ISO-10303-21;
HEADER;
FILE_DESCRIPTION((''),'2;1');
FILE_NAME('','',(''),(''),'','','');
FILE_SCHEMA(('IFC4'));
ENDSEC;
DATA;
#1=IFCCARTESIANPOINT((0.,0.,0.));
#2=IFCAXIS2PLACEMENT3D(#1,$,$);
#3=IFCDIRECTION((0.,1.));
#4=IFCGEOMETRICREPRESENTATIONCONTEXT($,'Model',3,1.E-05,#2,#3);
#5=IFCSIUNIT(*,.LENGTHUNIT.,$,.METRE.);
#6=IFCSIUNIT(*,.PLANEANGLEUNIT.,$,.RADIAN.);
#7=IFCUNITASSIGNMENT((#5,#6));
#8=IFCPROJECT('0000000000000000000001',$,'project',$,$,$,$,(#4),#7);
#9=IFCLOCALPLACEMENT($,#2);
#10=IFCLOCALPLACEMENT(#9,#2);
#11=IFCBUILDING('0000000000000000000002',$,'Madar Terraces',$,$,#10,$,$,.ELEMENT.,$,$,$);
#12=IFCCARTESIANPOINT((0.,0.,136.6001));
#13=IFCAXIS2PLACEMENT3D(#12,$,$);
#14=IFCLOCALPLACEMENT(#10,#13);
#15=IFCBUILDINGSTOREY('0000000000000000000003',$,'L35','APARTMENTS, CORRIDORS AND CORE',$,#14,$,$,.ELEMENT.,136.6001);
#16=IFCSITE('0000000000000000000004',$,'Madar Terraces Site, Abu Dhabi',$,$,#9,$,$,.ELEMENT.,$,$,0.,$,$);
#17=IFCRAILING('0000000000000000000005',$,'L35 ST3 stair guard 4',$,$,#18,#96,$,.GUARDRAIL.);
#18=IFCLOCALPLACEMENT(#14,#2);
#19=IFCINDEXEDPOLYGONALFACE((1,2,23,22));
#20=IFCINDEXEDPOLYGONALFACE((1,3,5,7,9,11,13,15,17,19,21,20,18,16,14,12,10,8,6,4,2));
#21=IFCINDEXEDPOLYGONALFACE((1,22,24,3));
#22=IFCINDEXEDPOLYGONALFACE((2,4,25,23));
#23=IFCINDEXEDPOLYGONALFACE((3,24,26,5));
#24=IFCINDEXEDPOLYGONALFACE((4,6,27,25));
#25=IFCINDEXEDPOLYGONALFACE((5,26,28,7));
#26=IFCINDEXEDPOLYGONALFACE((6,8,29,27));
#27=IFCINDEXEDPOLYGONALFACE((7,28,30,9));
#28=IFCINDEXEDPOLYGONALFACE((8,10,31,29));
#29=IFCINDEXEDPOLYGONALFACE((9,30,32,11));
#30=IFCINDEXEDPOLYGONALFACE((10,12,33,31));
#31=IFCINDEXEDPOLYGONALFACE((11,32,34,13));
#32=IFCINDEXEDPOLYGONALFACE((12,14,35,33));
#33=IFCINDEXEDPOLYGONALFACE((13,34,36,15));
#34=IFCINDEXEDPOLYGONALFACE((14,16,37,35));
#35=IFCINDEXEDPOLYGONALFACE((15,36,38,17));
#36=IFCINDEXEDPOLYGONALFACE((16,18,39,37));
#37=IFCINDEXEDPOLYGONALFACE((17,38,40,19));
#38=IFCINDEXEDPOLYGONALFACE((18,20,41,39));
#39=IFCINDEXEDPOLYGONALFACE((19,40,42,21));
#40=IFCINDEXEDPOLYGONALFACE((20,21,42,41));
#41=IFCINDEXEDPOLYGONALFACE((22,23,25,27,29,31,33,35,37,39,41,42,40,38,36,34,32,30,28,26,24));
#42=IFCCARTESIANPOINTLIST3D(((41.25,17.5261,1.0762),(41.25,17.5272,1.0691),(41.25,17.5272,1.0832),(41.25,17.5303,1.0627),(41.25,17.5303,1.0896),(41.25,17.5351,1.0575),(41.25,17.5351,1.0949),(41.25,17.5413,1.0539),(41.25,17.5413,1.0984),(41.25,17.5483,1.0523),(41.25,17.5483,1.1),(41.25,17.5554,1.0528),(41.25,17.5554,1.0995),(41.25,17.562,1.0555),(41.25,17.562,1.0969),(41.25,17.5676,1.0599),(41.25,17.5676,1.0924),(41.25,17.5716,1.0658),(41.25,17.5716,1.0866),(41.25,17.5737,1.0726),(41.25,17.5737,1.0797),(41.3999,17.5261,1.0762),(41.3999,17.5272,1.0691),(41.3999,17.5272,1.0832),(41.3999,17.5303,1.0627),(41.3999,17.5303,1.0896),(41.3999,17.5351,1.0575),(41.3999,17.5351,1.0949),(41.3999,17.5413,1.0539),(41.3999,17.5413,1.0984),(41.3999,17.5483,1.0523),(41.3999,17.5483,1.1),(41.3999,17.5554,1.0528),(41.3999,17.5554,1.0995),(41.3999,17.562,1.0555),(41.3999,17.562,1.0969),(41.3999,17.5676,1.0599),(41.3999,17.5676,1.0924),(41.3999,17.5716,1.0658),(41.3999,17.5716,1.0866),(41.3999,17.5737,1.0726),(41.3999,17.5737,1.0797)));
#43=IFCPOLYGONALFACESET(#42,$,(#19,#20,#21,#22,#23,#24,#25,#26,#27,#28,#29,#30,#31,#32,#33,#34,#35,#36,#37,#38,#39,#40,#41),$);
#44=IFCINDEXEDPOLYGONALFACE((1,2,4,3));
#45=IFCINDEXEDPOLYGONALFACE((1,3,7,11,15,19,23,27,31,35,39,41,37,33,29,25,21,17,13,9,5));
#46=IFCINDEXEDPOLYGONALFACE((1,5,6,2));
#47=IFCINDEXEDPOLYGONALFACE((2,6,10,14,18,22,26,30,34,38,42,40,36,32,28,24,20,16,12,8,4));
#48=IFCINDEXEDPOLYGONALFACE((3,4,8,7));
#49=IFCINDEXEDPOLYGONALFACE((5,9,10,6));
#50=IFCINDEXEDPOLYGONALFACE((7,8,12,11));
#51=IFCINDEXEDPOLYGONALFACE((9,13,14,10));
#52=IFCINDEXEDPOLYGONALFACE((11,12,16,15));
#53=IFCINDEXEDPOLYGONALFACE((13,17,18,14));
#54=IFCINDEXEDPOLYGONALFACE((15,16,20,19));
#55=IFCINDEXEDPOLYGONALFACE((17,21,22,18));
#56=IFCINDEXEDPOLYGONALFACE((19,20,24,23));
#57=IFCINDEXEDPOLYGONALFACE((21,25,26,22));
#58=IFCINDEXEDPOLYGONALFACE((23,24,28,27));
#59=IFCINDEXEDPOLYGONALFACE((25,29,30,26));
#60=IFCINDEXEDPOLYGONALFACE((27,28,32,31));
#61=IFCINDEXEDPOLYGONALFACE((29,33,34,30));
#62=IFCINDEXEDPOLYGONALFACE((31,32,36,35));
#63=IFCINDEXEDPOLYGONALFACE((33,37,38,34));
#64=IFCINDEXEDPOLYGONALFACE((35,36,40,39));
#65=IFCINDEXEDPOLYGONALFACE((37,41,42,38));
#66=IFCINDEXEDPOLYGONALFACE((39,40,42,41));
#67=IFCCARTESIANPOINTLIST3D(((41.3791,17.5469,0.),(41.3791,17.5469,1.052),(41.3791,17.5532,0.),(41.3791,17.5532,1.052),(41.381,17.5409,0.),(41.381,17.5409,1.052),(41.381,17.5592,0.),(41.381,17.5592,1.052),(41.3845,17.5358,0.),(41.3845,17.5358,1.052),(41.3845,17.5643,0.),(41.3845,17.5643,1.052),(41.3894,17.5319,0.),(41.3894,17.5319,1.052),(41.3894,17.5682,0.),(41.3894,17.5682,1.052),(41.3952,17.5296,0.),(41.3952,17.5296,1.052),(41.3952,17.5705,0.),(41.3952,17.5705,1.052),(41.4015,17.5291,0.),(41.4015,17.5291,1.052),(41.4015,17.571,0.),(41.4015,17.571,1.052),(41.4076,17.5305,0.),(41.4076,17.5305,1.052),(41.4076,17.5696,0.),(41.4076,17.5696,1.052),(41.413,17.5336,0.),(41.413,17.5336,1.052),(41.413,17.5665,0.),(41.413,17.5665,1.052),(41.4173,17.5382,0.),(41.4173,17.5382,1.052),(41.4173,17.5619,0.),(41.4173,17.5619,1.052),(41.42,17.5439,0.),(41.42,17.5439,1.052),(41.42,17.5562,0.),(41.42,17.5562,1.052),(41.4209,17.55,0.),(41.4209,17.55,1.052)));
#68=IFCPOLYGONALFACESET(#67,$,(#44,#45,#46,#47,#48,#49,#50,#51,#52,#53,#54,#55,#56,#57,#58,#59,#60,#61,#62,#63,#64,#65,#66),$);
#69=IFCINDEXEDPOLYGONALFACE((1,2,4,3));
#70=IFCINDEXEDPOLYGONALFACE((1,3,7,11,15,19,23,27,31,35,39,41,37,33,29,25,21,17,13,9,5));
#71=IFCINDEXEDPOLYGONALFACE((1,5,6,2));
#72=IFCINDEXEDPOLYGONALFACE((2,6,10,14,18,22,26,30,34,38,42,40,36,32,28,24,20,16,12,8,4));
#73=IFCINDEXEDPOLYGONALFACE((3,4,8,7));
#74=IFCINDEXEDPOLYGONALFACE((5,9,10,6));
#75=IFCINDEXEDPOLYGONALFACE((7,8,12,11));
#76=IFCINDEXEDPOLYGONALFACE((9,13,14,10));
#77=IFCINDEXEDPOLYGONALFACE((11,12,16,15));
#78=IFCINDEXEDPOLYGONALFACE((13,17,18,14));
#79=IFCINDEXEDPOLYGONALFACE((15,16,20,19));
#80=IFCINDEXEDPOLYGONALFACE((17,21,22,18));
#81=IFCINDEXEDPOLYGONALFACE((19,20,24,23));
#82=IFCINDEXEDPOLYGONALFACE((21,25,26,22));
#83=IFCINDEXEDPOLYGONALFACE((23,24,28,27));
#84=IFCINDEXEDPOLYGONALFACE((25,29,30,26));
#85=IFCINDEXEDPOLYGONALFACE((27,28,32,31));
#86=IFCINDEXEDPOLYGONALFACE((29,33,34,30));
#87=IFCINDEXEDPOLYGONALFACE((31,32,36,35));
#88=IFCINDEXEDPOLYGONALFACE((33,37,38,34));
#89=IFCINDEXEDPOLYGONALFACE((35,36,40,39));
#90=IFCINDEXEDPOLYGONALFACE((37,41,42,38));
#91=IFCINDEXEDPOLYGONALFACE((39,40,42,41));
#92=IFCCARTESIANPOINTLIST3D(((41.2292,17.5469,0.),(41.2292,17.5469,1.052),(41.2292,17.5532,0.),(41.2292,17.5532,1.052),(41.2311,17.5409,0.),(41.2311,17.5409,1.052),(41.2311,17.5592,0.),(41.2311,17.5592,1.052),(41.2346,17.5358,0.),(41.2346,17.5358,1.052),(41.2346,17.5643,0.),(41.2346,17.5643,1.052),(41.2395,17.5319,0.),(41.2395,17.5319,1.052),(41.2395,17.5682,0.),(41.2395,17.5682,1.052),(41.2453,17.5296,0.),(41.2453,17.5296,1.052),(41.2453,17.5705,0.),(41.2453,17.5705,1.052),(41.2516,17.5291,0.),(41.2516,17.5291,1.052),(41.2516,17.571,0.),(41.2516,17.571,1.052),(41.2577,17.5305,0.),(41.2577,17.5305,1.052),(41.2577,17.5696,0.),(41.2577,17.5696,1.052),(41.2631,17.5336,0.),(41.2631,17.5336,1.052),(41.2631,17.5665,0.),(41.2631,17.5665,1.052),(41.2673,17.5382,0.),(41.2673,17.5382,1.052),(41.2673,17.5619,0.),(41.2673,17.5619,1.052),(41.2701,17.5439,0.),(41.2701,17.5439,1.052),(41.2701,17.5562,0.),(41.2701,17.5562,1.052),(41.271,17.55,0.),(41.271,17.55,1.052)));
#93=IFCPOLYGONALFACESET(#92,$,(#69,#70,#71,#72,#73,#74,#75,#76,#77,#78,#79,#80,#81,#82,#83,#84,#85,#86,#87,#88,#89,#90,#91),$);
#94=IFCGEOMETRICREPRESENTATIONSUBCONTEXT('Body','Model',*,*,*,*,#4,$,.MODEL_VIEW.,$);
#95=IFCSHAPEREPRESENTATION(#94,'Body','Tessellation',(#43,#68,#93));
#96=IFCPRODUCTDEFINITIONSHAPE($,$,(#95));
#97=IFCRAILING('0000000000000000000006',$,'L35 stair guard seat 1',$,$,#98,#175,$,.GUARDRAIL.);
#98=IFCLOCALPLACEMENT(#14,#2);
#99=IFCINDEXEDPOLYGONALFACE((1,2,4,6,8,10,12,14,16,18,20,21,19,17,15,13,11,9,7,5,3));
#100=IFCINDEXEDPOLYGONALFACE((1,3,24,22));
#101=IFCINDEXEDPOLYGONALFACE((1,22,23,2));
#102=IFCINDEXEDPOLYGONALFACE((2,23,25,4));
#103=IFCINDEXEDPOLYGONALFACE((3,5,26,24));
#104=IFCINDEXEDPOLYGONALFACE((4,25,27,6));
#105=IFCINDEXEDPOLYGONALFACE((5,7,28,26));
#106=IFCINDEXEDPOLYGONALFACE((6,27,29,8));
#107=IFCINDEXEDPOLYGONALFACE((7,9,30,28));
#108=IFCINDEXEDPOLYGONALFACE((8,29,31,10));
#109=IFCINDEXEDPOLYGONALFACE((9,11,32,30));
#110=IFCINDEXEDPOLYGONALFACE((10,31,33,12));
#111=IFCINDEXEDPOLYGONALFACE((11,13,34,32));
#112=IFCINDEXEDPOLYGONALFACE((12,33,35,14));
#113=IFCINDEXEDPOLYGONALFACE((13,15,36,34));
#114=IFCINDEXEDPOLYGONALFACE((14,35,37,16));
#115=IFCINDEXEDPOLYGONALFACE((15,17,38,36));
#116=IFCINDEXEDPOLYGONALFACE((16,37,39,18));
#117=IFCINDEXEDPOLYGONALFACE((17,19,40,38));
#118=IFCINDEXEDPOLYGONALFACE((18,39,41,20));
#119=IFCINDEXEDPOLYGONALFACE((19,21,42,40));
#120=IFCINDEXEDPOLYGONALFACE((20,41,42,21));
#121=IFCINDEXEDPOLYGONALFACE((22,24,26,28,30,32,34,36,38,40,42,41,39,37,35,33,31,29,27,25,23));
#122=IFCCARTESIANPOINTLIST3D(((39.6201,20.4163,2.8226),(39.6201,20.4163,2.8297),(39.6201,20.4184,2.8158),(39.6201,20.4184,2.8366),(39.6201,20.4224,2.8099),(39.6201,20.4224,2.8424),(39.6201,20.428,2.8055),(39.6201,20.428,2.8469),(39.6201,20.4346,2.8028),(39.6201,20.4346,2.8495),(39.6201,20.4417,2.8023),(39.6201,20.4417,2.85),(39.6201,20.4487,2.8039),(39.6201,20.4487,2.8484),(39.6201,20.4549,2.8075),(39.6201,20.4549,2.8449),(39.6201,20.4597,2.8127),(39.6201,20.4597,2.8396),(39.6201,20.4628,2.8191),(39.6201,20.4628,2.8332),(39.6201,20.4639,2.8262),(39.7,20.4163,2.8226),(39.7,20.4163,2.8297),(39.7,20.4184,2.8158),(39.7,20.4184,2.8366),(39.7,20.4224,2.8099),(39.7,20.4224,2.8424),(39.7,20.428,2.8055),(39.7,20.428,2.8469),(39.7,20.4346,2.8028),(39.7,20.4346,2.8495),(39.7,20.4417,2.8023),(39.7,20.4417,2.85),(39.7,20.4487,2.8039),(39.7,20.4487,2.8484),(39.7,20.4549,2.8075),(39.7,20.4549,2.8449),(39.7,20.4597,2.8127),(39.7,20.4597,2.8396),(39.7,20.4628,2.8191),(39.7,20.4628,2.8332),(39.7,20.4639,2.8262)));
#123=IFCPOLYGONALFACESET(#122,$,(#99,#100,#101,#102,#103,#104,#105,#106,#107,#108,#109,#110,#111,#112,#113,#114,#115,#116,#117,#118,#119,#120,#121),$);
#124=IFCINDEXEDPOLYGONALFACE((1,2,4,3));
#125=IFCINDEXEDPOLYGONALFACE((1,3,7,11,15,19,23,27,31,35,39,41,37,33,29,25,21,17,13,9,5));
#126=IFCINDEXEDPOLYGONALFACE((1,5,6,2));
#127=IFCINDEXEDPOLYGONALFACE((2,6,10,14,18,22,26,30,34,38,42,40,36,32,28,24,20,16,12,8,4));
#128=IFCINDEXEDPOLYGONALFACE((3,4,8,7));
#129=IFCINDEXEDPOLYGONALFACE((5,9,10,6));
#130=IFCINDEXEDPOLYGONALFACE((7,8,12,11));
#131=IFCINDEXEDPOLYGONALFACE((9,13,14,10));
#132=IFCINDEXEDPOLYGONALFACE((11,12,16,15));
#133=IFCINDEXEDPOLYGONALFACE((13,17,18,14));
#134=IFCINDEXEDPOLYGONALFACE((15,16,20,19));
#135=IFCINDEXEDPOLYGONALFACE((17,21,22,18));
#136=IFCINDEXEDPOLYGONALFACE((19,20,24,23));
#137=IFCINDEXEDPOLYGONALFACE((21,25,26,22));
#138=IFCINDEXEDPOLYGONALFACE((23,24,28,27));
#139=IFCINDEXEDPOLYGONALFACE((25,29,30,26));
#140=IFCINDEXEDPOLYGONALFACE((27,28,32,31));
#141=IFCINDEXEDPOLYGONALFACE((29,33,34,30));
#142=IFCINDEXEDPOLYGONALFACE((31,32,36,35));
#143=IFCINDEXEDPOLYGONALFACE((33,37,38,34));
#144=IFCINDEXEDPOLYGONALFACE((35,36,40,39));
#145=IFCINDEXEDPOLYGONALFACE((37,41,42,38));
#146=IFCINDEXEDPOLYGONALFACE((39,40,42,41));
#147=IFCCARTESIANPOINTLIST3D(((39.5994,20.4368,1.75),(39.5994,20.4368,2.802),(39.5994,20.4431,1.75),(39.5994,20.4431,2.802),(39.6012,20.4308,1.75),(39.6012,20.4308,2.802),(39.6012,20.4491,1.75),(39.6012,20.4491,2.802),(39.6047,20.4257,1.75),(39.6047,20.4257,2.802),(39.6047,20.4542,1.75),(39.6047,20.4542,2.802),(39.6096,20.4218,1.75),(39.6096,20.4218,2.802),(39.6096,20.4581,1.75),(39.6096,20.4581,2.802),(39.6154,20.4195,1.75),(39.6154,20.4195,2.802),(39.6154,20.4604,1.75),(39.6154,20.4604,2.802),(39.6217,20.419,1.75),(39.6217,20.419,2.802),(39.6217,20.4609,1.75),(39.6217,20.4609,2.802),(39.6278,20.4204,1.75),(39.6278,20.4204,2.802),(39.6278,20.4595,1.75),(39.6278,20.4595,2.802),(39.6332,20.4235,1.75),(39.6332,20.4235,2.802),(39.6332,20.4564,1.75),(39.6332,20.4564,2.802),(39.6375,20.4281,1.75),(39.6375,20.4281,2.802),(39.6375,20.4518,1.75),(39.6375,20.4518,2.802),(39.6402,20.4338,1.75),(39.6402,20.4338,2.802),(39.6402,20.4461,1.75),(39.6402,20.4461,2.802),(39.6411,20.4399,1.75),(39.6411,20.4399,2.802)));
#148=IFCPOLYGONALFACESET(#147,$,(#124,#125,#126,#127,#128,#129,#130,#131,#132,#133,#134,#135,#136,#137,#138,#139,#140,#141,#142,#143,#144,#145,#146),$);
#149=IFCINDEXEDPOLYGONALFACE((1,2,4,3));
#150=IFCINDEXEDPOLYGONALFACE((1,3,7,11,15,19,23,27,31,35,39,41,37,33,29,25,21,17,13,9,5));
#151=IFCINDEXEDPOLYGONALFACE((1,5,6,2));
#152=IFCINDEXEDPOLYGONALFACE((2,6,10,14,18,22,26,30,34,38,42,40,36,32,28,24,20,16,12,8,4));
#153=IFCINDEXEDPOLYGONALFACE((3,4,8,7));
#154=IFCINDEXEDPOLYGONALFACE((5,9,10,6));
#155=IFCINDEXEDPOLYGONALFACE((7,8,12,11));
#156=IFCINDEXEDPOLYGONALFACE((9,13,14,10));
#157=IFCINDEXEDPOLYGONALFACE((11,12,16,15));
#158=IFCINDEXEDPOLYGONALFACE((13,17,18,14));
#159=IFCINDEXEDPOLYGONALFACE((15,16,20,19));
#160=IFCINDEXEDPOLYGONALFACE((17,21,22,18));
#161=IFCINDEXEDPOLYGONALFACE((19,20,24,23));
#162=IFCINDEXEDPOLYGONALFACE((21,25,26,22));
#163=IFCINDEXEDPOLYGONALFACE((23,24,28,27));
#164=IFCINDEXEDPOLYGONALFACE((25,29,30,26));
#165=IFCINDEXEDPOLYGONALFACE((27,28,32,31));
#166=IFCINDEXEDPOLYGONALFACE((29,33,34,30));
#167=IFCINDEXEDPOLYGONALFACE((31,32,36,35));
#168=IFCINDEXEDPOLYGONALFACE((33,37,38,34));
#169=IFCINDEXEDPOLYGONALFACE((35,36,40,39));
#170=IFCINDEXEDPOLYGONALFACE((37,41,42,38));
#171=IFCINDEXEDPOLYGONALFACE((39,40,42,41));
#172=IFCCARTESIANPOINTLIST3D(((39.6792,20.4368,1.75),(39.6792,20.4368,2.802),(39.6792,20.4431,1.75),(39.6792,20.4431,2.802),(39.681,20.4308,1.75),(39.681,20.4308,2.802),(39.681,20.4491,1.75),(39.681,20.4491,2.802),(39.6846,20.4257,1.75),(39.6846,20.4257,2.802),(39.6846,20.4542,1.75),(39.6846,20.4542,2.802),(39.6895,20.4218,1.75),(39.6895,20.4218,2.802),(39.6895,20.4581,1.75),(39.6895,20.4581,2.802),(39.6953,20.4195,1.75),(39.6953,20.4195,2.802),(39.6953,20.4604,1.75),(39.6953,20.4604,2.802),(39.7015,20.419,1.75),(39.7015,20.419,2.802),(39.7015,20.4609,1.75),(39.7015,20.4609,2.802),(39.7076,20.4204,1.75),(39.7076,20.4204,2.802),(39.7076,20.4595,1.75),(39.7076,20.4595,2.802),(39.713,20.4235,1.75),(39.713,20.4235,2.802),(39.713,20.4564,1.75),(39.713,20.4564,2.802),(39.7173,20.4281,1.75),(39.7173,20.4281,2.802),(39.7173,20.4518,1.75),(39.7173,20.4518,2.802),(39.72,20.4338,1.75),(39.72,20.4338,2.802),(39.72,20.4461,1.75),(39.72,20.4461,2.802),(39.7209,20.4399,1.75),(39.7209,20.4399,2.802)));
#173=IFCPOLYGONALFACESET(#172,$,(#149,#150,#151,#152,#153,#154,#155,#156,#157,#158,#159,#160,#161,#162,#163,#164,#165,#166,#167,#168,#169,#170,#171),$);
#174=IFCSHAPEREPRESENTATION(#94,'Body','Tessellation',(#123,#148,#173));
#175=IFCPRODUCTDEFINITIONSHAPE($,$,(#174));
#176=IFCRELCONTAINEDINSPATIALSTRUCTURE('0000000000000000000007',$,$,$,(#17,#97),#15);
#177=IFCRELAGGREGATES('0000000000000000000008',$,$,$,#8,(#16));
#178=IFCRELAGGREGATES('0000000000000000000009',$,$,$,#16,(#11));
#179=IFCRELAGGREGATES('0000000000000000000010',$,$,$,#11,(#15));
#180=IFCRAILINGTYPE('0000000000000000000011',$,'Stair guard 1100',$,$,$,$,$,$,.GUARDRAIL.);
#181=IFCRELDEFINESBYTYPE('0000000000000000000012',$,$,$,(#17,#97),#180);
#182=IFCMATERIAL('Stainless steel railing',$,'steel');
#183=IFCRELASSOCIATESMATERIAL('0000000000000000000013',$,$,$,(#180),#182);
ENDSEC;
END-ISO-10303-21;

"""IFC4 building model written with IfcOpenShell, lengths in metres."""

from ifc_helpers import new_model, si_unit, direction, frame, origin, origin_2d, place, context, subcontext, project, spatial, circle, extrude, material, type_object, element, save


model = new_model("IFC4")

# Units and contexts
model_context = context("Model", 3, precision=1e-05, world=origin(), true_north=direction((0.0, 1.0)))
body_context = subcontext(model_context, "Body", "Model", "MODEL_VIEW")
ifc_project = project(units=[si_unit("LENGTHUNIT", "METRE"), si_unit("PLANEANGLEUNIT", "RADIAN")], contexts=[model_context])

# Site, building, storey
site_placement = place(None, origin())
site = spatial("IfcSite", under=ifc_project, at=site_placement, Name="Madar Terraces Site, Abu Dhabi", CompositionType="ELEMENT", RefElevation=0.0)
building_placement = place(site_placement, origin())
building = spatial("IfcBuilding", under=site, at=building_placement, Name="Madar Terraces", CompositionType="ELEMENT")
storey_placement = place(building_placement, frame((0.0, 0.0, 136.6001)))
storey = spatial("IfcBuildingStorey", under=building, at=storey_placement, Name="L35", Description="APARTMENTS, CORRIDORS AND CORE", CompositionType="ELEMENT", Elevation=136.6001)

# Railings
ifc_material_1 = material(Name="Stainless steel railing", Category="steel")
railing_type_1 = type_object("IfcRailingType", Name="Stair guard 1100", PredefinedType="GUARDRAIL", material=ifc_material_1)
railing_1_placement = place(storey_placement, frame((41.3999, 17.55, 0.0)))
element("IfcRailing", 1, at=railing_1_placement, inside=storey, type_object=railing_type_1, Name="L35 ST3 stair guard 4", PredefinedType="GUARDRAIL", context=body_context, shape_type="SweptSolid", body=[
    extrude(circle(Radius=0.0239, at=origin_2d()), frame((0.0, 0.0, 1.0762), z_axis=(-1.0, 0.0, 0.0), x_axis=(0.0, -1.0, 0.0)), (0.0, 0.0, 1.0), 0.1499),
    extrude(circle(Radius=0.021, at=origin_2d()), origin(), (0.0, 0.0, 1.0), 1.052),
    extrude(circle(Radius=0.021, at=origin_2d()), frame((-0.1499, 0.0, 0.0)), (0.0, 0.0, 1.0), 1.052),
])
railing_2_placement = place(storey_placement, frame((39.6201, 20.4399, 1.75)))
element("IfcRailing", 2, at=railing_2_placement, inside=storey, type_object=railing_type_1, Name="L35 stair guard seat 1", PredefinedType="GUARDRAIL", context=body_context, shape_type="SweptSolid", body=[
    extrude(circle(Radius=0.0239, at=origin_2d()), frame((0.0, 0.0, 1.0762), z_axis=(1.0, 0.0, 0.0), x_axis=(0.0, 1.0, 0.0)), (0.0, 0.0, 1.0), 0.0798),
    extrude(circle(Radius=0.021, at=origin_2d()), origin(), (0.0, 0.0, 1.0), 1.052),
    extrude(circle(Radius=0.021, at=origin_2d()), frame((0.0798, 0.0, 0.0)), (0.0, 0.0, 1.0), 1.052),
])

save(model, "model.ifc")
